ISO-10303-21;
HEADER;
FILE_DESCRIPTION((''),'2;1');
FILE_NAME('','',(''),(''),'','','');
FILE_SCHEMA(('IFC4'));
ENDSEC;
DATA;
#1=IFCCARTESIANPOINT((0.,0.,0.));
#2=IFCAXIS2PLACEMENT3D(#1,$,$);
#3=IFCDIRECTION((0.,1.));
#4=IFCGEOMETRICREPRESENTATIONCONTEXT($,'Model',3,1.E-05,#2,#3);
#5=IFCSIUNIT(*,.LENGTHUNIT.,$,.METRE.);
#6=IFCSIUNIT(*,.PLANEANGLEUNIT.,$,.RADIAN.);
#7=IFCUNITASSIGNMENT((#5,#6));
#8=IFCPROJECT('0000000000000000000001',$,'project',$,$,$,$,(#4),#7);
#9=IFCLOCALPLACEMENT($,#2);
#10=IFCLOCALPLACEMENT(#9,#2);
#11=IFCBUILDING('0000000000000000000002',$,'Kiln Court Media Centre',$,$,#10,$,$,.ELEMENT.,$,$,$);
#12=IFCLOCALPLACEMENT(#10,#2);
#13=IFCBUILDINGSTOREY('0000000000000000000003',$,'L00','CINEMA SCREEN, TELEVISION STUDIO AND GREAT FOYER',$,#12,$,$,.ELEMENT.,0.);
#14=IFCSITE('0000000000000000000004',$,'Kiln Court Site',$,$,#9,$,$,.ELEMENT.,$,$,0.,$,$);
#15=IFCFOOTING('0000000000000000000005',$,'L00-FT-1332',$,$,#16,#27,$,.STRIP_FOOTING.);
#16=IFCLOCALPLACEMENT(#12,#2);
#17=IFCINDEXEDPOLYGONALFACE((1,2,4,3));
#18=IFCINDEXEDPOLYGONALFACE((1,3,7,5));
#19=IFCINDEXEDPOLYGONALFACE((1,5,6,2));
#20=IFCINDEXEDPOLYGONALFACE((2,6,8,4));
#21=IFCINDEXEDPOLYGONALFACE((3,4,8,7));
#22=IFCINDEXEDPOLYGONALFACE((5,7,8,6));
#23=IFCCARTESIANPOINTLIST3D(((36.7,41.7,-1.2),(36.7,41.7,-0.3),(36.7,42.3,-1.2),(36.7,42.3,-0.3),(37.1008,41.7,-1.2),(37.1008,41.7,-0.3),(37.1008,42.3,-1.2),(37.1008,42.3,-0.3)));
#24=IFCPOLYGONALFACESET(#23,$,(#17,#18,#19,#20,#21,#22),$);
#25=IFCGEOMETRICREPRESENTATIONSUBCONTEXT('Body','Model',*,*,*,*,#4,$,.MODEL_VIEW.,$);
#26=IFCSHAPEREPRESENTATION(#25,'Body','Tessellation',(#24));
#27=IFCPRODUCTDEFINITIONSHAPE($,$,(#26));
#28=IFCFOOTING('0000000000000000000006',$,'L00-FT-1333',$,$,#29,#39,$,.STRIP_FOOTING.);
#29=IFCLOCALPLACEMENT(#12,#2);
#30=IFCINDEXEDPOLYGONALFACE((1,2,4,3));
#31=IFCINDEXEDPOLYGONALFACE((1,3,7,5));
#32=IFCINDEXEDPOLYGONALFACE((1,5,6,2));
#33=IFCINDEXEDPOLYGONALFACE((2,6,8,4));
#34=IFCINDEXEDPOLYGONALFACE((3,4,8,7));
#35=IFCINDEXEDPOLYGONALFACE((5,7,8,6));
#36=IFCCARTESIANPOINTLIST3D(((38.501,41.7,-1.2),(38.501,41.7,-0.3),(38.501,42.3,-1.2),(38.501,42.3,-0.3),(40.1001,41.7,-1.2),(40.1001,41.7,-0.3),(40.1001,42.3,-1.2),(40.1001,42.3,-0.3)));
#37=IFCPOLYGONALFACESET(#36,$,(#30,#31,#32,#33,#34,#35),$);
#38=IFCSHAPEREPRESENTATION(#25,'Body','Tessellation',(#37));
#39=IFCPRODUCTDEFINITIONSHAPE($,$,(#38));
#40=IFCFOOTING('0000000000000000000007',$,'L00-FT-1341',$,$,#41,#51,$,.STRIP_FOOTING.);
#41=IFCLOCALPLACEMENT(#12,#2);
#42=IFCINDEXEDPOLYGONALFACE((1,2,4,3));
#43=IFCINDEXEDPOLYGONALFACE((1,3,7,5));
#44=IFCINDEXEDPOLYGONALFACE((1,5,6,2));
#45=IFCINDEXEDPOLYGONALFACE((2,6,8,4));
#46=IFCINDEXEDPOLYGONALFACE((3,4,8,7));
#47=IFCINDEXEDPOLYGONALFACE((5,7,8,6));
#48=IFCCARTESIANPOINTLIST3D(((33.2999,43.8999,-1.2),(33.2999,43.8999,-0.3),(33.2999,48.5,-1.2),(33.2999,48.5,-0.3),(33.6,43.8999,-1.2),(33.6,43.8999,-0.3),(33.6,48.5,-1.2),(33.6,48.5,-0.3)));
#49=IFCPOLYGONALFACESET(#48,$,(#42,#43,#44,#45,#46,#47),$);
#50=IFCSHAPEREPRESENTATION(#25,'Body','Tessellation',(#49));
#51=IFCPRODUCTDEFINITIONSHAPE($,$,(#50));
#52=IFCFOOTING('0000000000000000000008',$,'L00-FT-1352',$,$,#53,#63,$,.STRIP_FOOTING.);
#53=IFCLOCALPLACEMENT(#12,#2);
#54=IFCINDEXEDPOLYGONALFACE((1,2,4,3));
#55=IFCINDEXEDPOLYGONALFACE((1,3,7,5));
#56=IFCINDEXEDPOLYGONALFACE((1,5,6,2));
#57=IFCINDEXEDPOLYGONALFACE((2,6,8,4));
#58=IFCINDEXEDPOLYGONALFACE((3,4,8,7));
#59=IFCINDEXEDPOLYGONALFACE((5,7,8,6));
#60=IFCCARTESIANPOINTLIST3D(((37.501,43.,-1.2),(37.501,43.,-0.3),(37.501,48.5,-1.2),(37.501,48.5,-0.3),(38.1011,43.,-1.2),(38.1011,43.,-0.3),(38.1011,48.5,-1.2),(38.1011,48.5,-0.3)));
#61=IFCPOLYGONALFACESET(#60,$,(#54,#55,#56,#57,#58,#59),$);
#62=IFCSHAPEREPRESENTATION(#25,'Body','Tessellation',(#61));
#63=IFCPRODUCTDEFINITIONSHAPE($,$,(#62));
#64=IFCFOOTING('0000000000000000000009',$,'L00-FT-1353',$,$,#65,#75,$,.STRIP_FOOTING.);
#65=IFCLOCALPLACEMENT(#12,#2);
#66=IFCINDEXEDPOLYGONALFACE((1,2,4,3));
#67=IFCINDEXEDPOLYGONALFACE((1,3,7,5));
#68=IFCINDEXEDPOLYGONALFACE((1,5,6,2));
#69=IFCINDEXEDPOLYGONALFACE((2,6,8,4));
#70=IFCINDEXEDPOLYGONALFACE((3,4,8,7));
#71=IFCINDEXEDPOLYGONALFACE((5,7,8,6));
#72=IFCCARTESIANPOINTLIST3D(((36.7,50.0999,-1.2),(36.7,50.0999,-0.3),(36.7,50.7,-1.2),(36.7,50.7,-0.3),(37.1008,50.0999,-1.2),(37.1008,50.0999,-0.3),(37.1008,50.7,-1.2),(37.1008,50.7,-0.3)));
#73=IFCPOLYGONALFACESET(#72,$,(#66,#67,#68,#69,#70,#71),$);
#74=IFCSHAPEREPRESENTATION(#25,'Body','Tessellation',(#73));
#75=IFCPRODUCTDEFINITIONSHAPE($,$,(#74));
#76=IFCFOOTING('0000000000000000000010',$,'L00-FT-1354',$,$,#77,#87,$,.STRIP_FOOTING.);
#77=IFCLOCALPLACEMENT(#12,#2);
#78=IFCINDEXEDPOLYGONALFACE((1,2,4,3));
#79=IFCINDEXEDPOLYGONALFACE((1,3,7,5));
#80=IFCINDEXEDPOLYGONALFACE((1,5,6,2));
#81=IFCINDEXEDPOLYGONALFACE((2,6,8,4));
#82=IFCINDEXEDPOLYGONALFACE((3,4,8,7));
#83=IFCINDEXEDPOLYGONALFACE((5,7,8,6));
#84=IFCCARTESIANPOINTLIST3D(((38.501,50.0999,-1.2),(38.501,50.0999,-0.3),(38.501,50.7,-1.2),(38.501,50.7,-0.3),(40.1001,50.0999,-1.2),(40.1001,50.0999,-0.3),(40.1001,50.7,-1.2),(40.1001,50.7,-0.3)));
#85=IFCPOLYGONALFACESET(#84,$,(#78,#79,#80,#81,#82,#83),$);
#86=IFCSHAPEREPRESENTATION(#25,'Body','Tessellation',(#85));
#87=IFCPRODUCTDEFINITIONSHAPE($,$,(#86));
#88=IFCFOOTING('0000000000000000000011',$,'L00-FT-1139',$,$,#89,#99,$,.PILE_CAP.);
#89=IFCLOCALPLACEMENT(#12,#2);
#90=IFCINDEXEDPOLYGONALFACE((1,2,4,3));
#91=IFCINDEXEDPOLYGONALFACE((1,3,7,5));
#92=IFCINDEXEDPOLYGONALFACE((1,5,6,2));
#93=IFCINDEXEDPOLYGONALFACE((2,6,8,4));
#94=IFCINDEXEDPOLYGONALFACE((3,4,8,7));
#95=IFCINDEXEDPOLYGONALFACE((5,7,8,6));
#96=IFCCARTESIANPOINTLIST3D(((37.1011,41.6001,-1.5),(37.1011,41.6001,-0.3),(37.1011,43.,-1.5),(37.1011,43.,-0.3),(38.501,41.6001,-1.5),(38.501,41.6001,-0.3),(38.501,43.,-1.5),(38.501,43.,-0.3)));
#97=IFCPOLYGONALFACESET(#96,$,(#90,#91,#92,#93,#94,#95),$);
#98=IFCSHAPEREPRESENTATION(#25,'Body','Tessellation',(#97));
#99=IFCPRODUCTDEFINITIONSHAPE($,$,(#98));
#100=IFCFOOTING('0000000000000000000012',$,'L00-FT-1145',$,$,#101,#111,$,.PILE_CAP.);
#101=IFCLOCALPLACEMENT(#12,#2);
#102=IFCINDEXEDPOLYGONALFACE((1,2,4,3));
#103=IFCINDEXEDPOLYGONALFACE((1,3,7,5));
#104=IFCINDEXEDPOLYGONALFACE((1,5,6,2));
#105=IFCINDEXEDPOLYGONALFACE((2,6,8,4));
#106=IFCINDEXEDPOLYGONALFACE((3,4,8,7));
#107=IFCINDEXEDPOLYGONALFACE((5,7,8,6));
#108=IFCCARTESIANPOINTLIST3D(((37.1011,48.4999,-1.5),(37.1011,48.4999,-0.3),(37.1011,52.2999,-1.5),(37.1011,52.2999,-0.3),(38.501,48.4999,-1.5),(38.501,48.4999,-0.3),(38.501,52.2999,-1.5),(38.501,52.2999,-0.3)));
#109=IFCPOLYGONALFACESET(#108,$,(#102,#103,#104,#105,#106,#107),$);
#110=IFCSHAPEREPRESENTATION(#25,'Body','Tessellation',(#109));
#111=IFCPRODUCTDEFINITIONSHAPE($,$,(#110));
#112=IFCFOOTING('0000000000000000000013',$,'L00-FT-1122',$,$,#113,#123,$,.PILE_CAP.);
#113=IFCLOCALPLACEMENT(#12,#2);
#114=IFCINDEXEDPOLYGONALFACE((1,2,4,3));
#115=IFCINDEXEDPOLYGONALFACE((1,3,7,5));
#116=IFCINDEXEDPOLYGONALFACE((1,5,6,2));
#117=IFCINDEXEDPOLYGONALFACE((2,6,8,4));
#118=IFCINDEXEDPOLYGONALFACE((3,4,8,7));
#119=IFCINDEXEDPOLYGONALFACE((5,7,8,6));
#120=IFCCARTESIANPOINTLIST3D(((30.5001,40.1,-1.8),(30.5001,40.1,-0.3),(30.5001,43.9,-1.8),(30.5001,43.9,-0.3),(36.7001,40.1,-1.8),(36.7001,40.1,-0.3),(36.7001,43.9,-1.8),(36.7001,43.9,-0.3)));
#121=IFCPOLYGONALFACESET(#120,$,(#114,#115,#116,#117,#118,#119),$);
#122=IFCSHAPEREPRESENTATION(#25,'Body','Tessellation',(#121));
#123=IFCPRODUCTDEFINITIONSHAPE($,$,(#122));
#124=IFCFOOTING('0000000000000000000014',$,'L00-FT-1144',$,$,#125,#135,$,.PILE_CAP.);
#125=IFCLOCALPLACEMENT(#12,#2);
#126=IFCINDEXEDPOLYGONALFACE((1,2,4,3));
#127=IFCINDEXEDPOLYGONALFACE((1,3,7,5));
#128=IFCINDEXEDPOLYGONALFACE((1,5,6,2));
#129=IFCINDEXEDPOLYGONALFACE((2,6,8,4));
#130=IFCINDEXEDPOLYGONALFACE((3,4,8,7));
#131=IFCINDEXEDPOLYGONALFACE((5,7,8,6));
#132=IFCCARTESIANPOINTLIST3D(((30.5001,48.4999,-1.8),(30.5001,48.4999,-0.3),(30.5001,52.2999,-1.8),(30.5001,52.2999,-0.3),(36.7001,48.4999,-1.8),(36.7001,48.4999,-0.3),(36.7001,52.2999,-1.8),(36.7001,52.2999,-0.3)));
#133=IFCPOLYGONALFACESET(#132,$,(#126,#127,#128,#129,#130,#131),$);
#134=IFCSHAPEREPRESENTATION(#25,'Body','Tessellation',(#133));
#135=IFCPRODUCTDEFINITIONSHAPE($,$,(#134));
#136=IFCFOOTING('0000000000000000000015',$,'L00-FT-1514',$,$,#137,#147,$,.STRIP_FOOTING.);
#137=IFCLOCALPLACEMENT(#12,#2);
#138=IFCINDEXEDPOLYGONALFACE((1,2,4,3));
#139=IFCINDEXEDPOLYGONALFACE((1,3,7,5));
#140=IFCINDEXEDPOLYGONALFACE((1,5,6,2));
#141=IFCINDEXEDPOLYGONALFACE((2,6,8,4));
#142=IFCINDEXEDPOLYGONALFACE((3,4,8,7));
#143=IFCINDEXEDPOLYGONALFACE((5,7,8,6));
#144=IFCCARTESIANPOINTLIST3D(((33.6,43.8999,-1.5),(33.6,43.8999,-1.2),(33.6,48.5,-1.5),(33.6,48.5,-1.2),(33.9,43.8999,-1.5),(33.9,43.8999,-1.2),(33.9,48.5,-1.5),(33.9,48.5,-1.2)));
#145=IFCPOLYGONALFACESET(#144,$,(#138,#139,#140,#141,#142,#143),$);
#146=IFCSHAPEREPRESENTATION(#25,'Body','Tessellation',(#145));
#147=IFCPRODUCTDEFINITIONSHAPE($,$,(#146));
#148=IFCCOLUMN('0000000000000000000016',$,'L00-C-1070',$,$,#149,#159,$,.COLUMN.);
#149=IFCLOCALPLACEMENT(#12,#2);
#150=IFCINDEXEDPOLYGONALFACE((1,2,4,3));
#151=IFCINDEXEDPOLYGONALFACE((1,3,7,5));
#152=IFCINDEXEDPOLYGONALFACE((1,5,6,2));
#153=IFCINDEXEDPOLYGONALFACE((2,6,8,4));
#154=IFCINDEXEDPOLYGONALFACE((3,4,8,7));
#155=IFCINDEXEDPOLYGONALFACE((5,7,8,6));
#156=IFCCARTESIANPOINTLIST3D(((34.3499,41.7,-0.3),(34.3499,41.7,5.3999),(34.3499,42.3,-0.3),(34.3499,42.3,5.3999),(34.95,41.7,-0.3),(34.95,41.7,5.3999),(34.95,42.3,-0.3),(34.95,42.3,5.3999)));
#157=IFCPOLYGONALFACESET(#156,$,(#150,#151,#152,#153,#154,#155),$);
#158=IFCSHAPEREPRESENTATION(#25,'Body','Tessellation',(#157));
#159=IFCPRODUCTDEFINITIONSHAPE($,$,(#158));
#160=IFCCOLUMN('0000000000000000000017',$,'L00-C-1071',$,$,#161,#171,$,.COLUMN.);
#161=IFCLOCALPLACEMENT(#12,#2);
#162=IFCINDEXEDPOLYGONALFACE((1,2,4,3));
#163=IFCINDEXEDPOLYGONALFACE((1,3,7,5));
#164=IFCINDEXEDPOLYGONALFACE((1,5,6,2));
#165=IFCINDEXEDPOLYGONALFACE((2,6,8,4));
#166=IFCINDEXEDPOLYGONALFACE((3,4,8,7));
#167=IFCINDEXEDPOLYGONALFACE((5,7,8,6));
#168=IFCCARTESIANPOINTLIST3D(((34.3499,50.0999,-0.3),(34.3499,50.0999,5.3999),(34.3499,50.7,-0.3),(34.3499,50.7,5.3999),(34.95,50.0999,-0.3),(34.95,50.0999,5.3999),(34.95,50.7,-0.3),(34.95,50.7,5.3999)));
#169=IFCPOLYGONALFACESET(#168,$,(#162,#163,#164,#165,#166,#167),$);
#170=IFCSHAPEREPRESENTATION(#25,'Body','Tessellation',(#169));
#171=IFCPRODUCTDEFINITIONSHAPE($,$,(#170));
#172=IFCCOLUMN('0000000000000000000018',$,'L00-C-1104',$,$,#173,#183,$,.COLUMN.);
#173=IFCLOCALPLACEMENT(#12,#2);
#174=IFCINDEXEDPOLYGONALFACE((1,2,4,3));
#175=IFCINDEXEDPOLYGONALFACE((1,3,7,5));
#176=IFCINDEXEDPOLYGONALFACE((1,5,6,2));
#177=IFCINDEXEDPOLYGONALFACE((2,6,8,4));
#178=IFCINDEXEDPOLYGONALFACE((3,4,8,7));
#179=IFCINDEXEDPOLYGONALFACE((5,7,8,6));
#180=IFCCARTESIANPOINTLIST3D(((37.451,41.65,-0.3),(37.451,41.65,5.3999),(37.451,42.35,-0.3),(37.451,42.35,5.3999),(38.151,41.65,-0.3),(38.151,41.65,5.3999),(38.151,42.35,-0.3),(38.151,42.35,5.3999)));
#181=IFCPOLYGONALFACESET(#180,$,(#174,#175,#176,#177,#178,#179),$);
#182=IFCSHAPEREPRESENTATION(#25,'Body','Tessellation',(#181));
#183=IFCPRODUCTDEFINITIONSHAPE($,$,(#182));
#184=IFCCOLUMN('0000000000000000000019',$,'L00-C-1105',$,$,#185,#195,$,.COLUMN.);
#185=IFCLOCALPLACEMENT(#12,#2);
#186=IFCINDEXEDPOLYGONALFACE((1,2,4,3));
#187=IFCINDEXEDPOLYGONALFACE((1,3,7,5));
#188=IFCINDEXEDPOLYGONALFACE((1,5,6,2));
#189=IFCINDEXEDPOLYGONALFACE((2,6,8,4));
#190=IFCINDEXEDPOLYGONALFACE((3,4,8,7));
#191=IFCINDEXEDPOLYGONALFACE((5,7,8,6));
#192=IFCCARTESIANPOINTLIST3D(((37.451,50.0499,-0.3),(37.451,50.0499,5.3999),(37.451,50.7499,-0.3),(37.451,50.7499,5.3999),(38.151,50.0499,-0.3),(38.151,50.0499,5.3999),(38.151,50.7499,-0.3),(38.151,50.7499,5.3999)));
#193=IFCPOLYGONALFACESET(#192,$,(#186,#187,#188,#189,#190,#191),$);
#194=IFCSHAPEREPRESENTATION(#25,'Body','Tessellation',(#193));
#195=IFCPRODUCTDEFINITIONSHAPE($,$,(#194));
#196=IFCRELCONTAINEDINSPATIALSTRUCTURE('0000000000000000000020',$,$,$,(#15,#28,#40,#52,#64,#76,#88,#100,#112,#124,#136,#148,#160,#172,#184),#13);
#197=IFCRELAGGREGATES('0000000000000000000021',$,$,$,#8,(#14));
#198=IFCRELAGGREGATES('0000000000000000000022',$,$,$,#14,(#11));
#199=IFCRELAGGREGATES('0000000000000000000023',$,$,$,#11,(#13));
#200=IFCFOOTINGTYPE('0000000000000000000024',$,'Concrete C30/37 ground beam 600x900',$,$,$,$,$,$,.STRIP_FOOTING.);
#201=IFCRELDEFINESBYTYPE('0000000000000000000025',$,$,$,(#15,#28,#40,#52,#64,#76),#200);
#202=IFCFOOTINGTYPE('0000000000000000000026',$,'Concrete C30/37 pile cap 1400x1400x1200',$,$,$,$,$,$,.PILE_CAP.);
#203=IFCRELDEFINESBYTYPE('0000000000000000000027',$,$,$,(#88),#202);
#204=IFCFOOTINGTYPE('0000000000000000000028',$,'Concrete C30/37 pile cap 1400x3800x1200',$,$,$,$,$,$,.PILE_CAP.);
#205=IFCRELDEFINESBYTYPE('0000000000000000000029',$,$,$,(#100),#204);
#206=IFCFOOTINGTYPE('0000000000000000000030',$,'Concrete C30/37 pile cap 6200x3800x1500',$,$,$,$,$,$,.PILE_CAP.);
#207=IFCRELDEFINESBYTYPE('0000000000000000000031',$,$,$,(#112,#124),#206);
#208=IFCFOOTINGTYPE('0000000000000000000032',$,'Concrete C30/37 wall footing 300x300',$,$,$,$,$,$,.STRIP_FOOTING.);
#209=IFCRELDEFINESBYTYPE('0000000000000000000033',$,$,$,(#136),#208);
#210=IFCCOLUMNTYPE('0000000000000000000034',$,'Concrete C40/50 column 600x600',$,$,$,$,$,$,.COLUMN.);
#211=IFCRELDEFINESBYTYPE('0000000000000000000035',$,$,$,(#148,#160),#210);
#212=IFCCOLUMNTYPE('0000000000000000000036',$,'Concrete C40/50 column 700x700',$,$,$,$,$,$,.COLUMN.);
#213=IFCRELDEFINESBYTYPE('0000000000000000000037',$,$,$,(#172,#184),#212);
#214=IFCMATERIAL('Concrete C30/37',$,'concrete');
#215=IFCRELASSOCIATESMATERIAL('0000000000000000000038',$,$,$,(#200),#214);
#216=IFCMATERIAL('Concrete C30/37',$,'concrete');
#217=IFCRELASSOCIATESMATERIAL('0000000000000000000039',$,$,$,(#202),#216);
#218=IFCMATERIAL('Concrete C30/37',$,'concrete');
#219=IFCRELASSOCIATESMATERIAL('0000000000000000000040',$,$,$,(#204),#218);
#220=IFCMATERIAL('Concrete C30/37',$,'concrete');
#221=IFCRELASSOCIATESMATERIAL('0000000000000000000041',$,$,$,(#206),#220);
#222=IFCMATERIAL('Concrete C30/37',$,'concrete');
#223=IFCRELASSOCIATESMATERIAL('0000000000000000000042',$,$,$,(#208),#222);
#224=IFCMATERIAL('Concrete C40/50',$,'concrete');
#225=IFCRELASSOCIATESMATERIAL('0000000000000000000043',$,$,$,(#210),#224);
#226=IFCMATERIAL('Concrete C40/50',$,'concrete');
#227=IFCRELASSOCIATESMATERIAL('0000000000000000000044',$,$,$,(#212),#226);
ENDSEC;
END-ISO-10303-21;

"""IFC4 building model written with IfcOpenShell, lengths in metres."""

from ifc_helpers import new_model, si_unit, direction, frame, origin, origin_2d, place, context, subcontext, project, spatial, rectangle, extrude, material, material_profile, profile_set, type_object, element, save


model = new_model("IFC4")

# Units and contexts
model_context = context("Model", 3, precision=1e-05, world=origin(), true_north=direction((0.0, 1.0)))
body_context = subcontext(model_context, "Body", "Model", "MODEL_VIEW")
ifc_project = project(units=[si_unit("LENGTHUNIT", "METRE"), si_unit("PLANEANGLEUNIT", "RADIAN")], contexts=[model_context])

# Site, building, storey
site_placement = place(None, origin())
site = spatial("IfcSite", under=ifc_project, at=site_placement, Name="Kiln Court Site", CompositionType="ELEMENT", RefElevation=0.0)
building_placement = place(site_placement, origin())
building = spatial("IfcBuilding", under=site, at=building_placement, Name="Kiln Court Media Centre", CompositionType="ELEMENT")
storey_placement = place(building_placement, origin())
storey = spatial("IfcBuildingStorey", under=building, at=storey_placement, Name="L00", Description="CINEMA SCREEN, TELEVISION STUDIO AND GREAT FOYER", CompositionType="ELEMENT", Elevation=0.0)

# Footings
ifc_material_1 = material(Name="Concrete C30/37", Category="concrete")
footing_type_1 = type_object("IfcFootingType", Name="Concrete C30/37 ground beam 600x900", PredefinedType="STRIP_FOOTING", material=ifc_material_1)
footing_1_placement = place(storey_placement, frame((36.9004, 42.0, -1.2), z_axis=(0.0, 0.0, 1.0), x_axis=(1.0, 0.0, 0.0)))
element("IfcFooting", 1, at=footing_1_placement, inside=storey, type_object=footing_type_1, Name="L00-FT-1332", PredefinedType="STRIP_FOOTING", context=body_context, shape_type="SweptSolid", body=[
    extrude(rectangle(XDim=0.4009, YDim=0.6001, at=origin_2d()), origin(), (0.0, 0.0, 1.0), 0.8999),
])
footing_2_placement = place(storey_placement, frame((39.3005, 42.0, -1.2), z_axis=(0.0, 0.0, 1.0), x_axis=(1.0, 0.0, 0.0)))
element("IfcFooting", 2, at=footing_2_placement, inside=storey, type_object=footing_type_1, Name="L00-FT-1333", PredefinedType="STRIP_FOOTING", context=body_context, shape_type="SweptSolid", body=[
    extrude(rectangle(XDim=1.5991, YDim=0.6001, at=origin_2d()), origin(), (0.0, 0.0, 1.0), 0.8999),
])
footing_3_placement = place(storey_placement, frame((33.45, 46.2, -1.2), z_axis=(0.0, 0.0, 1.0), x_axis=(1.0, 0.0, 0.0)))
element("IfcFooting", 3, at=footing_3_placement, inside=storey, type_object=footing_type_1, Name="L00-FT-1341", PredefinedType="STRIP_FOOTING", context=body_context, shape_type="SweptSolid", body=[
    extrude(rectangle(XDim=0.3, YDim=4.6001, at=origin_2d()), origin(), (0.0, 0.0, 1.0), 0.8999),
])
footing_4_placement = place(storey_placement, frame((37.801, 45.75, -1.2), z_axis=(0.0, 0.0, 1.0), x_axis=(1.0, 0.0, 0.0)))
element("IfcFooting", 4, at=footing_4_placement, inside=storey, type_object=footing_type_1, Name="L00-FT-1352", PredefinedType="STRIP_FOOTING", context=body_context, shape_type="SweptSolid", body=[
    extrude(rectangle(XDim=0.6001, YDim=5.5, at=origin_2d()), origin(), (0.0, 0.0, 1.0), 0.8999),
])
footing_5_placement = place(storey_placement, frame((36.9004, 50.3999, -1.2), z_axis=(0.0, 0.0, 1.0), x_axis=(1.0, 0.0, 0.0)))
element("IfcFooting", 5, at=footing_5_placement, inside=storey, type_object=footing_type_1, Name="L00-FT-1353", PredefinedType="STRIP_FOOTING", context=body_context, shape_type="SweptSolid", body=[
    extrude(rectangle(XDim=0.4009, YDim=0.6001, at=origin_2d()), origin(), (0.0, 0.0, 1.0), 0.8999),
])
footing_6_placement = place(storey_placement, frame((39.3005, 50.3999, -1.2), z_axis=(0.0, 0.0, 1.0), x_axis=(1.0, 0.0, 0.0)))
element("IfcFooting", 6, at=footing_6_placement, inside=storey, type_object=footing_type_1, Name="L00-FT-1354", PredefinedType="STRIP_FOOTING", context=body_context, shape_type="SweptSolid", body=[
    extrude(rectangle(XDim=1.5991, YDim=0.6001, at=origin_2d()), origin(), (0.0, 0.0, 1.0), 0.8999),
])
ifc_material_2 = material(Name="Concrete C30/37", Category="concrete")
footing_type_2 = type_object("IfcFootingType", Name="Concrete C30/37 pile cap 1400x1400x1200", PredefinedType="PILE_CAP", material=ifc_material_2)
footing_7_placement = place(storey_placement, frame((37.801, 42.3, -1.5), z_axis=(0.0, 0.0, 1.0), x_axis=(1.0, 0.0, 0.0)))
element("IfcFooting", 7, at=footing_7_placement, inside=storey, type_object=footing_type_2, Name="L00-FT-1139", PredefinedType="PILE_CAP", context=body_context, shape_type="SweptSolid", body=[
    extrude(rectangle(XDim=1.3999, YDim=1.3999, at=origin_2d()), origin(), (0.0, 0.0, 1.0), 1.2),
])
ifc_material_3 = material(Name="Concrete C30/37", Category="concrete")
footing_type_3 = type_object("IfcFootingType", Name="Concrete C30/37 pile cap 1400x3800x1200", PredefinedType="PILE_CAP", material=ifc_material_3)
footing_8_placement = place(storey_placement, frame((37.801, 50.3999, -1.5), z_axis=(0.0, 0.0, 1.0), x_axis=(1.0, 0.0, 0.0)))
element("IfcFooting", 8, at=footing_8_placement, inside=storey, type_object=footing_type_3, Name="L00-FT-1145", PredefinedType="PILE_CAP", context=body_context, shape_type="SweptSolid", body=[
    extrude(rectangle(XDim=1.3999, YDim=3.8, at=origin_2d()), origin(), (0.0, 0.0, 1.0), 1.2),
])
ifc_material_4 = material(Name="Concrete C30/37", Category="concrete")
footing_type_4 = type_object("IfcFootingType", Name="Concrete C30/37 pile cap 6200x3800x1500", PredefinedType="PILE_CAP", material=ifc_material_4)
for number, where, z_axis, x_axis, name in (
    (9, (33.6001, 42.0, -1.8), (0.0, 0.0, 1.0), (1.0, 0.0, 0.0), "L00-FT-1122"),
    (10, (33.6001, 50.3999, -1.8), (0.0, 0.0, 1.0), (1.0, 0.0, 0.0), "L00-FT-1144"),
):
    element("IfcFooting", number, at=place(storey_placement, frame(where, z_axis=z_axis, x_axis=x_axis)), inside=storey, type_object=footing_type_4, Name=name, PredefinedType="PILE_CAP", context=body_context, shape_type="SweptSolid", body=[
        extrude(rectangle(XDim=6.2, YDim=3.8, at=origin_2d()), origin(), (0.0, 0.0, 1.0), 1.5),
    ])
ifc_material_5 = material(Name="Concrete C30/37", Category="concrete")
footing_type_5 = type_object("IfcFootingType", Name="Concrete C30/37 wall footing 300x300", PredefinedType="STRIP_FOOTING", material=ifc_material_5)
footing_9_placement = place(storey_placement, frame((33.75, 46.2, -1.5), z_axis=(0.0, 0.0, 1.0), x_axis=(1.0, 0.0, 0.0)))
element("IfcFooting", 11, at=footing_9_placement, inside=storey, type_object=footing_type_5, Name="L00-FT-1514", PredefinedType="STRIP_FOOTING", context=body_context, shape_type="SweptSolid", body=[
    extrude(rectangle(XDim=0.3, YDim=4.6001, at=origin_2d()), origin(), (0.0, 0.0, 1.0), 0.3),
])

# Columns
ifc_material_6 = material(Name="Concrete C40/50", Category="concrete")
ifc_material_profile_1 = material_profile(ifc_material_6, rectangle(XDim=0.6001, YDim=0.6001, at=origin_2d()), Name="RC 600x600")
ifc_profile_set_1 = profile_set([ifc_material_profile_1], Name="Concrete C40/50")
column_type_1 = type_object("IfcColumnType", Name="Concrete C40/50 column 600x600", PredefinedType="COLUMN", material=ifc_profile_set_1)
for number, where, z_axis, x_axis, name in (
    (12, (34.6499, 42.0, -0.3), (0.0, 0.0, 1.0), (1.0, 0.0, 0.0), "L00-C-1070"),
    (13, (34.6499, 50.3999, -0.3), (0.0, 0.0, 1.0), (1.0, 0.0, 0.0), "L00-C-1071"),
):
    element("IfcColumn", number, at=place(storey_placement, frame(where, z_axis=z_axis, x_axis=x_axis)), inside=storey, type_object=column_type_1, Name=name, PredefinedType="COLUMN", context=body_context, shape_type="SweptSolid", body=[
        extrude(rectangle(XDim=0.6001, YDim=0.6001, at=origin_2d()), origin(), (0.0, 0.0, 1.0), 5.7),
    ])
ifc_material_7 = material(Name="Concrete C40/50", Category="concrete")
ifc_material_profile_2 = material_profile(ifc_material_7, rectangle(XDim=0.7, YDim=0.7, at=origin_2d()), Name="RC 700x700")
ifc_profile_set_2 = profile_set([ifc_material_profile_2], Name="Concrete C40/50")
column_type_2 = type_object("IfcColumnType", Name="Concrete C40/50 column 700x700", PredefinedType="COLUMN", material=ifc_profile_set_2)
for number, where, z_axis, x_axis, name in (
    (14, (37.801, 42.0, -0.3), (0.0, 0.0, 1.0), (1.0, 0.0, 0.0), "L00-C-1104"),
    (15, (37.801, 50.3999, -0.3), (0.0, 0.0, 1.0), (1.0, 0.0, 0.0), "L00-C-1105"),
):
    element("IfcColumn", number, at=place(storey_placement, frame(where, z_axis=z_axis, x_axis=x_axis)), inside=storey, type_object=column_type_2, Name=name, PredefinedType="COLUMN", context=body_context, shape_type="SweptSolid", body=[
        extrude(rectangle(XDim=0.7, YDim=0.7, at=origin_2d()), origin(), (0.0, 0.0, 1.0), 5.7),
    ])

save(model, "model.ifc")
